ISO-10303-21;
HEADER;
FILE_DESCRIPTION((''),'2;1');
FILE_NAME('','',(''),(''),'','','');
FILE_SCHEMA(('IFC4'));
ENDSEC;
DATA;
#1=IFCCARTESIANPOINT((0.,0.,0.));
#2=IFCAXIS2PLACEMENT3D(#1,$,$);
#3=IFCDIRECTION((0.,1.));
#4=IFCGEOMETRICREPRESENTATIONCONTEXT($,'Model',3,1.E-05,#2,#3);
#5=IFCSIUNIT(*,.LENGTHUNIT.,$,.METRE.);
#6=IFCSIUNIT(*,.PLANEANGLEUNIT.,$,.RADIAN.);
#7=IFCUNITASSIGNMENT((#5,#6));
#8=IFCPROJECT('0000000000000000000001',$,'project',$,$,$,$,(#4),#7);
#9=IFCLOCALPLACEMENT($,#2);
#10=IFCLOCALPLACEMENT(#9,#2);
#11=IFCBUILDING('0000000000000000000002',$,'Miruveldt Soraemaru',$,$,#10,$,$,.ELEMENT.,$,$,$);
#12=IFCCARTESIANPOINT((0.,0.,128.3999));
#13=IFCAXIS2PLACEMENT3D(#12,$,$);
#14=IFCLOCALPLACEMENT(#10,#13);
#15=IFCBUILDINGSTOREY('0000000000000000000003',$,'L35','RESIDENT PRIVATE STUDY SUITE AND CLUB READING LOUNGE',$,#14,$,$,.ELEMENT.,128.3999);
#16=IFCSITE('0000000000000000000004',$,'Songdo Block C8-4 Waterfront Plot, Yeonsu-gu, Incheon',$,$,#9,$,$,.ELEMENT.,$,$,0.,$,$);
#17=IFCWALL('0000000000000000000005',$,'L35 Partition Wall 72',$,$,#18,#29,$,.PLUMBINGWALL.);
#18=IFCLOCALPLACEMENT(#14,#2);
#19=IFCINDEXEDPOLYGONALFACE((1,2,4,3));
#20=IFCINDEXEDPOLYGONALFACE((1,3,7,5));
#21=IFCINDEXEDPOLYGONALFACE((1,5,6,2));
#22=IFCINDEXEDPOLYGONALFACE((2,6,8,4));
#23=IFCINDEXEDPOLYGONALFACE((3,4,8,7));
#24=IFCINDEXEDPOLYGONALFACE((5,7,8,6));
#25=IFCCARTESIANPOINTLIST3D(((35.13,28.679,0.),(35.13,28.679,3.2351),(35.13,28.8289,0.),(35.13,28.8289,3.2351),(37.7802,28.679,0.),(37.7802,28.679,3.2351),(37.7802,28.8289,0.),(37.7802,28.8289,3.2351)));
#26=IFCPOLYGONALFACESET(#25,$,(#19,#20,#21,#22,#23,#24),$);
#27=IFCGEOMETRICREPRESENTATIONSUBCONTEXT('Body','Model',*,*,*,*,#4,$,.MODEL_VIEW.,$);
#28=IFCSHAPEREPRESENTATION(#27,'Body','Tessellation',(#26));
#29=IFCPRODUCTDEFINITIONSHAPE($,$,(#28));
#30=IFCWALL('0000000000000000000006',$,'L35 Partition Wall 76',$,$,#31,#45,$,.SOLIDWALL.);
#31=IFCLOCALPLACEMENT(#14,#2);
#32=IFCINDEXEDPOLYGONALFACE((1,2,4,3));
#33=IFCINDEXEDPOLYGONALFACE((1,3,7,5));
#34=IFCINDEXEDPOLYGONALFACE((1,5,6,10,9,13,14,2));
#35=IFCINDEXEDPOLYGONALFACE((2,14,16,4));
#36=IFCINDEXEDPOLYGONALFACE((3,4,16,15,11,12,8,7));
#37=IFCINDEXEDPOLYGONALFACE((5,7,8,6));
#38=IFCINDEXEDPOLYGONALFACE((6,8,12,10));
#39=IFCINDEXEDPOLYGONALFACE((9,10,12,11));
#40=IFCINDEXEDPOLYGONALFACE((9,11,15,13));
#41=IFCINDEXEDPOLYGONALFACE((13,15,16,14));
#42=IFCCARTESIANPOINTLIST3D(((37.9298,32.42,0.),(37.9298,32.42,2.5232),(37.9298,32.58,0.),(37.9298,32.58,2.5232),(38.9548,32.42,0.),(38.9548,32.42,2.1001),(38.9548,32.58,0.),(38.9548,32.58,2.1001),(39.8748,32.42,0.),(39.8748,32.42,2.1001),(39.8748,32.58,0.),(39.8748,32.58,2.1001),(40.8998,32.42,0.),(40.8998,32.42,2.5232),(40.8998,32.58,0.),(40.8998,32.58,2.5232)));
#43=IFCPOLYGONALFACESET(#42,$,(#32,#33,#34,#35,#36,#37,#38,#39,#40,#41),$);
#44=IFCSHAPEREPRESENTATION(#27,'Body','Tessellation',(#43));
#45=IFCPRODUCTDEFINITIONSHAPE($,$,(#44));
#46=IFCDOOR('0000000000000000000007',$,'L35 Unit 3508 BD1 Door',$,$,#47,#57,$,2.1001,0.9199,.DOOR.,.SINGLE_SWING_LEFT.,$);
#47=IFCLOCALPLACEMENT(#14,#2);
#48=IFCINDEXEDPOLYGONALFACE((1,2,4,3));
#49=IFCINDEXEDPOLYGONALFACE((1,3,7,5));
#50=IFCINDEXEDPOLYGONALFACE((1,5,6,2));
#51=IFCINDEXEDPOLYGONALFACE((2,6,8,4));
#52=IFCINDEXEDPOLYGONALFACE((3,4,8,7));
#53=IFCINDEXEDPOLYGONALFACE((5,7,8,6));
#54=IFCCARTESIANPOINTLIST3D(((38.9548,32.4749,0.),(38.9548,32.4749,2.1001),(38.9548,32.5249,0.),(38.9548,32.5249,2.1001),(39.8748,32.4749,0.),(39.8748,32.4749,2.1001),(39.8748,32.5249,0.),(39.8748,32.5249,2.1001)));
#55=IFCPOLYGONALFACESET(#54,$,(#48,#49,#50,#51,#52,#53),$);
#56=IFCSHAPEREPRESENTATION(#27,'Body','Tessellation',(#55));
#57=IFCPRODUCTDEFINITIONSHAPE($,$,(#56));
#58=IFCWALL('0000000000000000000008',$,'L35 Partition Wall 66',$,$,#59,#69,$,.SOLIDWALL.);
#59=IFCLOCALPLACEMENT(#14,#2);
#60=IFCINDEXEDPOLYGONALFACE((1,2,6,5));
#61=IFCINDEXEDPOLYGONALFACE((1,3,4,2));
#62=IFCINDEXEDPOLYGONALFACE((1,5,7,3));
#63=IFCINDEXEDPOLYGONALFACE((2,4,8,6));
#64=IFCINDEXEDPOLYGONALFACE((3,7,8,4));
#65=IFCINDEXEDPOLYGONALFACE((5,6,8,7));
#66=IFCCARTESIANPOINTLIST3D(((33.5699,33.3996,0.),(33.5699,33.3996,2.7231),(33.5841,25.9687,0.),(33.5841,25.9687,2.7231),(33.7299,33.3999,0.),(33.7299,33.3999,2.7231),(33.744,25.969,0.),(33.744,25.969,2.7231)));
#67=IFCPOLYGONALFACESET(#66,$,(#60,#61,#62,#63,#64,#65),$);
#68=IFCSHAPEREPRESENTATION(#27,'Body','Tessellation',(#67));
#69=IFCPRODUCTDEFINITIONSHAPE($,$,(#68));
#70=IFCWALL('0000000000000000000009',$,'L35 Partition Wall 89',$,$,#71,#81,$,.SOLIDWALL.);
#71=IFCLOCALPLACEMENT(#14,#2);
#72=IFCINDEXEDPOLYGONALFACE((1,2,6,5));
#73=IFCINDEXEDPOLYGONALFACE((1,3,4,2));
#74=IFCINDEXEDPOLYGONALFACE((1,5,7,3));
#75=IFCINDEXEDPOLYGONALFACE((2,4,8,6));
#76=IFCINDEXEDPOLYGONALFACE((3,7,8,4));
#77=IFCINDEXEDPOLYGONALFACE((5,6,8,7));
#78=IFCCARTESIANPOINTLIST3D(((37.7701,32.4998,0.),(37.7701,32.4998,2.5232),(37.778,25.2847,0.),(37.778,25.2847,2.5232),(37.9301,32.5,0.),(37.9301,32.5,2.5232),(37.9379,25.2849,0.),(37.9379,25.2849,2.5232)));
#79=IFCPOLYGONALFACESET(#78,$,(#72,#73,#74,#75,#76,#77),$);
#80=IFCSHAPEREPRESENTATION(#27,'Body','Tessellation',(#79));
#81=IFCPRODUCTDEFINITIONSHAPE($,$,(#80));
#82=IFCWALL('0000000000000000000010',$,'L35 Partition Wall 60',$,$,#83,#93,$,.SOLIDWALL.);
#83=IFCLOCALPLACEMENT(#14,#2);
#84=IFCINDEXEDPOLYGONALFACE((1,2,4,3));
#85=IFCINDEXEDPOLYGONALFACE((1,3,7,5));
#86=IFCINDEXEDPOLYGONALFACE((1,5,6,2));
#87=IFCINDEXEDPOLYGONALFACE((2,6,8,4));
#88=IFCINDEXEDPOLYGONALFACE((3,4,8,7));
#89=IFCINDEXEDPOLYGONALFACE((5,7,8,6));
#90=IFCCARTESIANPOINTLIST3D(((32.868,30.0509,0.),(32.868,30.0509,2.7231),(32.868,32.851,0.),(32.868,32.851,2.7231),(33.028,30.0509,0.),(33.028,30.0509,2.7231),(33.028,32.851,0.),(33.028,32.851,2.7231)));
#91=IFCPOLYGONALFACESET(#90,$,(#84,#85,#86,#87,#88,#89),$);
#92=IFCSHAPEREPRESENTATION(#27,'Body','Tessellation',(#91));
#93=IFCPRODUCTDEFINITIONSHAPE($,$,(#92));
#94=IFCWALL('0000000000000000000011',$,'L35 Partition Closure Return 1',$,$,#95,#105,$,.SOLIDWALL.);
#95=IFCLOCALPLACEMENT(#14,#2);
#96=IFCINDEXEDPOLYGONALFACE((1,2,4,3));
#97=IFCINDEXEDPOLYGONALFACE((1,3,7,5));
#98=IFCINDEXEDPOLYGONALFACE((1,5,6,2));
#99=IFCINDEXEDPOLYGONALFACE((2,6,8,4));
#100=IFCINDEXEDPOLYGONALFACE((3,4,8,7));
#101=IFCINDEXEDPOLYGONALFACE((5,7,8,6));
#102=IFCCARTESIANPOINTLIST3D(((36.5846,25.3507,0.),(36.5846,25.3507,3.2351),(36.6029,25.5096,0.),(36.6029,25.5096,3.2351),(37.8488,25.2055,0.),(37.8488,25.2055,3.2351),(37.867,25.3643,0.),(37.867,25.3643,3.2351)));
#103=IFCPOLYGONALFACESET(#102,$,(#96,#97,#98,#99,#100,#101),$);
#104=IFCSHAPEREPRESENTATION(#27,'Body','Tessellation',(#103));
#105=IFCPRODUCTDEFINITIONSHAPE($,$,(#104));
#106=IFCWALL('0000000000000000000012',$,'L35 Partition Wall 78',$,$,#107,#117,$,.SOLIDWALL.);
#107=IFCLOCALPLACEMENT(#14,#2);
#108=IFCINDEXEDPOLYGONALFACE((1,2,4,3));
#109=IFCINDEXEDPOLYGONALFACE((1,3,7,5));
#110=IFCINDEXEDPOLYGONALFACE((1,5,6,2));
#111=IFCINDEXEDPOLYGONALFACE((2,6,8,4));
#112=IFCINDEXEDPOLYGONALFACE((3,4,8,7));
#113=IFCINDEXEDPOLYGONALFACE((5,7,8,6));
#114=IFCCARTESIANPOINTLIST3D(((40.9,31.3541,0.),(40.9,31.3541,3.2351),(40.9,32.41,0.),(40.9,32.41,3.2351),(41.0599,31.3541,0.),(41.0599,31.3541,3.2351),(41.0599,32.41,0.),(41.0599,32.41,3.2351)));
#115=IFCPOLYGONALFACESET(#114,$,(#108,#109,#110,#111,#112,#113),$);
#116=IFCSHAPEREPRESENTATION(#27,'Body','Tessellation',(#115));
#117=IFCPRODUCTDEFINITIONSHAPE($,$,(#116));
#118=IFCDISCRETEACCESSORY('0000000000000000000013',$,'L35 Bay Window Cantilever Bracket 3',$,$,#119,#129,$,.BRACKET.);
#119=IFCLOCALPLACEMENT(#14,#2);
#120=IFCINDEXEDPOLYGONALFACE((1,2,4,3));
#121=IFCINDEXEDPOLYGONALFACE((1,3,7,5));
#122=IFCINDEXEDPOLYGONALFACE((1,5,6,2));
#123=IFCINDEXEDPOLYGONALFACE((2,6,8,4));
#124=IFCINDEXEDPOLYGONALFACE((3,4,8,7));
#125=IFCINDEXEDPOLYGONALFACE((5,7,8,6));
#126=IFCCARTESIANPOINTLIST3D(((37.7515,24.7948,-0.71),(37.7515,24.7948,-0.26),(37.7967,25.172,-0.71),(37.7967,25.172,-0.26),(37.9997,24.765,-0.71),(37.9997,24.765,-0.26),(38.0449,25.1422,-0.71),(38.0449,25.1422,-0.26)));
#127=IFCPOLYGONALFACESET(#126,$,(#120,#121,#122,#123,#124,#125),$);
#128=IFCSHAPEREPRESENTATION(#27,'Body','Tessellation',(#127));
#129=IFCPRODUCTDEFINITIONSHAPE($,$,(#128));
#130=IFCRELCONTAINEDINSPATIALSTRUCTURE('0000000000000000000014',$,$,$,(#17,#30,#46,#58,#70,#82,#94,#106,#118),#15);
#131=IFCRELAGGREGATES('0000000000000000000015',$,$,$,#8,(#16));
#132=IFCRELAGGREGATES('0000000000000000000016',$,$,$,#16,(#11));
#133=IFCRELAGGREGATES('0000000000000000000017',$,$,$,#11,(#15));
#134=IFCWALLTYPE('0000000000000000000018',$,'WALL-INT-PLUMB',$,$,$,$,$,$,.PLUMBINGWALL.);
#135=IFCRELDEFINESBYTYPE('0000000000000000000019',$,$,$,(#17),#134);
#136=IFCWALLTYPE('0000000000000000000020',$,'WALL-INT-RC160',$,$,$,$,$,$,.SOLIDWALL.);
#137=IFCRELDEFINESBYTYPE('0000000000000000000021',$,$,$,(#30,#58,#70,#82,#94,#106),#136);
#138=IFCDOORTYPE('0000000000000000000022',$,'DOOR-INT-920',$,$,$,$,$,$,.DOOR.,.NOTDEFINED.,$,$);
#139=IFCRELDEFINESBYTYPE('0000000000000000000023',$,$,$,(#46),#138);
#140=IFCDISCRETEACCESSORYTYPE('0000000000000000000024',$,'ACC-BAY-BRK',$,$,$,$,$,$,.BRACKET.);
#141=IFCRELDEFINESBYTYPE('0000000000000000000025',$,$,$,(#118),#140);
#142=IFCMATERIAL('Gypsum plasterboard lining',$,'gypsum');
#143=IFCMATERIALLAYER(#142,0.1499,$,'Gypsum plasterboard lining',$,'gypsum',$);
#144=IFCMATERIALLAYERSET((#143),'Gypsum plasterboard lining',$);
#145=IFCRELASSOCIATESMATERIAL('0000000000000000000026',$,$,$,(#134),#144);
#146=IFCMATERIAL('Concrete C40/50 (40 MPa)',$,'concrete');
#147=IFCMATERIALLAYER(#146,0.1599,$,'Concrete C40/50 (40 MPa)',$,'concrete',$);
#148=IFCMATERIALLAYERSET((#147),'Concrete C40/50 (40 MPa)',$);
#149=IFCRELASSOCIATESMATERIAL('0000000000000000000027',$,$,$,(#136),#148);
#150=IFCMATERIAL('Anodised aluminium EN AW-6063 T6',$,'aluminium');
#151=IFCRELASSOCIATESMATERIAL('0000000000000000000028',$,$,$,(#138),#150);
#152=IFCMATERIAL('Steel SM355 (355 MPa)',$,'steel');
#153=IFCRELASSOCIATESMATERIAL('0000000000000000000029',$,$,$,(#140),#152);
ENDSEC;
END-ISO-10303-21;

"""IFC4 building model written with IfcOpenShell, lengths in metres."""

from ifc_helpers import new_model, si_unit, direction, frame, frame_2d, origin, origin_2d, place, context, subcontext, project, spatial, rectangle, extrude, material, layer, layer_set, type_object, element, fill, save


model = new_model("IFC4")

# Units and contexts
model_context = context("Model", 3, precision=1e-05, world=origin(), true_north=direction((0.0, 1.0)))
body_context = subcontext(model_context, "Body", "Model", "MODEL_VIEW")
ifc_project = project(units=[si_unit("LENGTHUNIT", "METRE"), si_unit("PLANEANGLEUNIT", "RADIAN")], contexts=[model_context])

# Site, building, storey
site_placement = place(None, origin())
site = spatial("IfcSite", under=ifc_project, at=site_placement, Name="Songdo Block C8-4 Waterfront Plot, Yeonsu-gu, Incheon", CompositionType="ELEMENT", RefElevation=0.0)
building_placement = place(site_placement, origin())
building = spatial("IfcBuilding", under=site, at=building_placement, Name="Miruveldt Soraemaru", CompositionType="ELEMENT")
storey_placement = place(building_placement, frame((0.0, 0.0, 128.3999)))
storey = spatial("IfcBuildingStorey", under=building, at=storey_placement, Name="L35", Description="RESIDENT PRIVATE STUDY SUITE AND CLUB READING LOUNGE", CompositionType="ELEMENT", Elevation=128.3999)

# Shared definitions
ifc_material_1 = material(Name="Anodised aluminium EN AW-6063 T6", Category="aluminium")

# Shared definitions
ifc_material_2 = material(Name="Gypsum plasterboard lining", Category="gypsum")
ifc_layer_1 = layer(ifc_material_2, 0.1499, Name="Gypsum plasterboard lining", Category="gypsum")
ifc_layer_set_1 = layer_set([ifc_layer_1], Name="Gypsum plasterboard lining")
wall_type_1 = type_object("IfcWallType", Name="WALL-INT-PLUMB", PredefinedType="PLUMBINGWALL", material=ifc_layer_set_1)

# Wall
wall_1_placement = place(storey_placement, frame((35.1299, 28.7539, 0.0), z_axis=(0.0, 0.0, 1.0), x_axis=(1.0, 0.0, 0.0)))
element("IfcWall", 1, at=wall_1_placement, inside=storey, type_object=wall_type_1, Name="L35 Partition Wall 72", PredefinedType="PLUMBINGWALL", context=body_context, shape_type="SweptSolid", body=[
    extrude(rectangle(XDim=2.6501, YDim=0.1499, at=frame_2d((1.3252, 0.0))), origin(), (0.0, 0.0, 1.0), 3.2351),
])

# Wall, opening, door
ifc_material_3 = material(Name="Concrete C40/50 (40 MPa)", Category="concrete")
ifc_layer_2 = layer(ifc_material_3, 0.1599, Name="Concrete C40/50 (40 MPa)", Category="concrete")
ifc_layer_set_2 = layer_set([ifc_layer_2], Name="Concrete C40/50 (40 MPa)")
wall_type_2 = type_object("IfcWallType", Name="WALL-INT-RC160", PredefinedType="SOLIDWALL", material=ifc_layer_set_2)
wall_2_placement = place(storey_placement, frame((37.9299, 32.5, 0.0), z_axis=(0.0, 0.0, 1.0), x_axis=(1.0, 0.0, 0.0)))
wall_2 = element("IfcWall", 2, at=wall_2_placement, inside=storey, type_object=wall_type_2, Name="L35 Partition Wall 76", PredefinedType="SOLIDWALL", context=body_context, shape_type="SweptSolid", body=[
    extrude(rectangle(XDim=2.97, YDim=0.1599, at=frame_2d((1.4849, 0.0))), origin(), (0.0, 0.0, 1.0), 2.5232),
])
opening_1_placement = place(wall_2_placement, frame((1.0249, 0.0, 0.0)))
opening_1 = element("IfcOpeningElement", 3, at=opening_1_placement, cuts=wall_2, PredefinedType="OPENING", context=body_context, shape_type="SweptSolid", body=[
    extrude(rectangle(XDim=0.9199, YDim=2.1001, at=frame_2d((0.46, 1.05))), frame((0.0, 0.0898, 0.0), z_axis=(0.0, -1.0, 0.0), x_axis=(1.0, 0.0, 0.0)), (0.0, 0.0, 1.0), 0.1799),
])
door_type_1 = type_object("IfcDoorType", Name="DOOR-INT-920", OperationType="NOTDEFINED", PredefinedType="DOOR", material=ifc_material_1)
door_1_placement = place(opening_1_placement, origin())
door_1 = element("IfcDoor", 4, at=door_1_placement, inside=storey, type_object=door_type_1, Name="L35 Unit 3508 BD1 Door", OperationType="SINGLE_SWING_LEFT", OverallHeight=2.1001, OverallWidth=0.9199, PredefinedType="DOOR", context=body_context, shape_type="SweptSolid", body=[
    extrude(rectangle(XDim=0.9199, YDim=2.1001, at=frame_2d((0.46, 1.05))), frame((0.0, 0.0249, 0.0), z_axis=(0.0, -1.0, 0.0), x_axis=(1.0, 0.0, 0.0)), (0.0, 0.0, 1.0), 0.05),
])
fill(opening_1, door_1)

# Walls
wall_3_placement = place(storey_placement, frame((33.6641, 25.969, 0.0), z_axis=(0.0, 0.0, 1.0), x_axis=(-0.001906, 0.999998, 0.0)))
element("IfcWall", 5, at=wall_3_placement, inside=storey, type_object=wall_type_2, Name="L35 Partition Wall 66", PredefinedType="SOLIDWALL", context=body_context, shape_type="SweptSolid", body=[
    extrude(rectangle(XDim=7.4309, YDim=0.1599, at=frame_2d((3.7153, 0.0))), origin(), (0.0, 0.0, 1.0), 2.7231),
])
wall_4_placement = place(storey_placement, frame((37.8579, 25.2849, 0.0), z_axis=(0.0, 0.0, 1.0), x_axis=(-0.001083, 0.999999, 0.0)))
element("IfcWall", 6, at=wall_4_placement, inside=storey, type_object=wall_type_2, Name="L35 Partition Wall 89", PredefinedType="SOLIDWALL", context=body_context, shape_type="SweptSolid", body=[
    extrude(rectangle(XDim=7.2151, YDim=0.1599, at=frame_2d((3.6074, 0.0))), origin(), (0.0, 0.0, 1.0), 2.5232),
])
wall_5_placement = place(storey_placement, frame((32.948, 30.051, 0.0), z_axis=(0.0, 0.0, 1.0), x_axis=(0.0, 1.0, 0.0)))
element("IfcWall", 7, at=wall_5_placement, inside=storey, type_object=wall_type_2, Name="L35 Partition Wall 60", PredefinedType="SOLIDWALL", context=body_context, shape_type="SweptSolid", body=[
    extrude(rectangle(XDim=2.8, YDim=0.1599, at=frame_2d((1.3999, 0.0))), origin(), (0.0, 0.0, 1.0), 2.7231),
])
wall_6_placement = place(storey_placement, frame((37.8579, 25.2849, 0.0), z_axis=(0.0, 0.0, 1.0), x_axis=(-0.993463, 0.114158, 0.0)))
element("IfcWall", 8, at=wall_6_placement, inside=storey, type_object=wall_type_2, Name="L35 Partition Closure Return 1", PredefinedType="SOLIDWALL", context=body_context, shape_type="SweptSolid", body=[
    extrude(rectangle(XDim=1.2725, YDim=0.1599, at=frame_2d((0.6362, 0.0))), origin(), (0.0, 0.0, 1.0), 3.2351),
])
wall_7_placement = place(storey_placement, frame((40.98, 32.4099, 0.0), z_axis=(0.0, 0.0, 1.0), x_axis=(0.0, -1.0, 0.0)))
element("IfcWall", 9, at=wall_7_placement, inside=storey, type_object=wall_type_2, Name="L35 Partition Wall 78", PredefinedType="SOLIDWALL", context=body_context, shape_type="SweptSolid", body=[
    extrude(rectangle(XDim=1.0559, YDim=0.1599, at=frame_2d((0.5278, 0.0))), origin(), (0.0, 0.0, 1.0), 3.2351),
])

# Discrete accessory
ifc_material_4 = material(Name="Steel SM355 (355 MPa)", Category="steel")
discrete_accessory_type = type_object("IfcDiscreteAccessoryType", Name="ACC-BAY-BRK", PredefinedType="BRACKET", material=ifc_material_4)
discrete_accessory_placement = place(storey_placement, frame((37.8982, 24.9685, -0.71), z_axis=(0.0, 0.0, 1.0), x_axis=(-0.119132, -0.992878, 0.0)))
element("IfcDiscreteAccessory", 10, at=discrete_accessory_placement, inside=storey, type_object=discrete_accessory_type, Name="L35 Bay Window Cantilever Bracket 3", PredefinedType="BRACKET", context=body_context, shape_type="SweptSolid", body=[
    extrude(rectangle(XDim=0.3799, YDim=0.25, at=origin_2d()), origin(), (0.0, 0.0, 1.0), 0.45),
])

save(model, "model.ifc")
